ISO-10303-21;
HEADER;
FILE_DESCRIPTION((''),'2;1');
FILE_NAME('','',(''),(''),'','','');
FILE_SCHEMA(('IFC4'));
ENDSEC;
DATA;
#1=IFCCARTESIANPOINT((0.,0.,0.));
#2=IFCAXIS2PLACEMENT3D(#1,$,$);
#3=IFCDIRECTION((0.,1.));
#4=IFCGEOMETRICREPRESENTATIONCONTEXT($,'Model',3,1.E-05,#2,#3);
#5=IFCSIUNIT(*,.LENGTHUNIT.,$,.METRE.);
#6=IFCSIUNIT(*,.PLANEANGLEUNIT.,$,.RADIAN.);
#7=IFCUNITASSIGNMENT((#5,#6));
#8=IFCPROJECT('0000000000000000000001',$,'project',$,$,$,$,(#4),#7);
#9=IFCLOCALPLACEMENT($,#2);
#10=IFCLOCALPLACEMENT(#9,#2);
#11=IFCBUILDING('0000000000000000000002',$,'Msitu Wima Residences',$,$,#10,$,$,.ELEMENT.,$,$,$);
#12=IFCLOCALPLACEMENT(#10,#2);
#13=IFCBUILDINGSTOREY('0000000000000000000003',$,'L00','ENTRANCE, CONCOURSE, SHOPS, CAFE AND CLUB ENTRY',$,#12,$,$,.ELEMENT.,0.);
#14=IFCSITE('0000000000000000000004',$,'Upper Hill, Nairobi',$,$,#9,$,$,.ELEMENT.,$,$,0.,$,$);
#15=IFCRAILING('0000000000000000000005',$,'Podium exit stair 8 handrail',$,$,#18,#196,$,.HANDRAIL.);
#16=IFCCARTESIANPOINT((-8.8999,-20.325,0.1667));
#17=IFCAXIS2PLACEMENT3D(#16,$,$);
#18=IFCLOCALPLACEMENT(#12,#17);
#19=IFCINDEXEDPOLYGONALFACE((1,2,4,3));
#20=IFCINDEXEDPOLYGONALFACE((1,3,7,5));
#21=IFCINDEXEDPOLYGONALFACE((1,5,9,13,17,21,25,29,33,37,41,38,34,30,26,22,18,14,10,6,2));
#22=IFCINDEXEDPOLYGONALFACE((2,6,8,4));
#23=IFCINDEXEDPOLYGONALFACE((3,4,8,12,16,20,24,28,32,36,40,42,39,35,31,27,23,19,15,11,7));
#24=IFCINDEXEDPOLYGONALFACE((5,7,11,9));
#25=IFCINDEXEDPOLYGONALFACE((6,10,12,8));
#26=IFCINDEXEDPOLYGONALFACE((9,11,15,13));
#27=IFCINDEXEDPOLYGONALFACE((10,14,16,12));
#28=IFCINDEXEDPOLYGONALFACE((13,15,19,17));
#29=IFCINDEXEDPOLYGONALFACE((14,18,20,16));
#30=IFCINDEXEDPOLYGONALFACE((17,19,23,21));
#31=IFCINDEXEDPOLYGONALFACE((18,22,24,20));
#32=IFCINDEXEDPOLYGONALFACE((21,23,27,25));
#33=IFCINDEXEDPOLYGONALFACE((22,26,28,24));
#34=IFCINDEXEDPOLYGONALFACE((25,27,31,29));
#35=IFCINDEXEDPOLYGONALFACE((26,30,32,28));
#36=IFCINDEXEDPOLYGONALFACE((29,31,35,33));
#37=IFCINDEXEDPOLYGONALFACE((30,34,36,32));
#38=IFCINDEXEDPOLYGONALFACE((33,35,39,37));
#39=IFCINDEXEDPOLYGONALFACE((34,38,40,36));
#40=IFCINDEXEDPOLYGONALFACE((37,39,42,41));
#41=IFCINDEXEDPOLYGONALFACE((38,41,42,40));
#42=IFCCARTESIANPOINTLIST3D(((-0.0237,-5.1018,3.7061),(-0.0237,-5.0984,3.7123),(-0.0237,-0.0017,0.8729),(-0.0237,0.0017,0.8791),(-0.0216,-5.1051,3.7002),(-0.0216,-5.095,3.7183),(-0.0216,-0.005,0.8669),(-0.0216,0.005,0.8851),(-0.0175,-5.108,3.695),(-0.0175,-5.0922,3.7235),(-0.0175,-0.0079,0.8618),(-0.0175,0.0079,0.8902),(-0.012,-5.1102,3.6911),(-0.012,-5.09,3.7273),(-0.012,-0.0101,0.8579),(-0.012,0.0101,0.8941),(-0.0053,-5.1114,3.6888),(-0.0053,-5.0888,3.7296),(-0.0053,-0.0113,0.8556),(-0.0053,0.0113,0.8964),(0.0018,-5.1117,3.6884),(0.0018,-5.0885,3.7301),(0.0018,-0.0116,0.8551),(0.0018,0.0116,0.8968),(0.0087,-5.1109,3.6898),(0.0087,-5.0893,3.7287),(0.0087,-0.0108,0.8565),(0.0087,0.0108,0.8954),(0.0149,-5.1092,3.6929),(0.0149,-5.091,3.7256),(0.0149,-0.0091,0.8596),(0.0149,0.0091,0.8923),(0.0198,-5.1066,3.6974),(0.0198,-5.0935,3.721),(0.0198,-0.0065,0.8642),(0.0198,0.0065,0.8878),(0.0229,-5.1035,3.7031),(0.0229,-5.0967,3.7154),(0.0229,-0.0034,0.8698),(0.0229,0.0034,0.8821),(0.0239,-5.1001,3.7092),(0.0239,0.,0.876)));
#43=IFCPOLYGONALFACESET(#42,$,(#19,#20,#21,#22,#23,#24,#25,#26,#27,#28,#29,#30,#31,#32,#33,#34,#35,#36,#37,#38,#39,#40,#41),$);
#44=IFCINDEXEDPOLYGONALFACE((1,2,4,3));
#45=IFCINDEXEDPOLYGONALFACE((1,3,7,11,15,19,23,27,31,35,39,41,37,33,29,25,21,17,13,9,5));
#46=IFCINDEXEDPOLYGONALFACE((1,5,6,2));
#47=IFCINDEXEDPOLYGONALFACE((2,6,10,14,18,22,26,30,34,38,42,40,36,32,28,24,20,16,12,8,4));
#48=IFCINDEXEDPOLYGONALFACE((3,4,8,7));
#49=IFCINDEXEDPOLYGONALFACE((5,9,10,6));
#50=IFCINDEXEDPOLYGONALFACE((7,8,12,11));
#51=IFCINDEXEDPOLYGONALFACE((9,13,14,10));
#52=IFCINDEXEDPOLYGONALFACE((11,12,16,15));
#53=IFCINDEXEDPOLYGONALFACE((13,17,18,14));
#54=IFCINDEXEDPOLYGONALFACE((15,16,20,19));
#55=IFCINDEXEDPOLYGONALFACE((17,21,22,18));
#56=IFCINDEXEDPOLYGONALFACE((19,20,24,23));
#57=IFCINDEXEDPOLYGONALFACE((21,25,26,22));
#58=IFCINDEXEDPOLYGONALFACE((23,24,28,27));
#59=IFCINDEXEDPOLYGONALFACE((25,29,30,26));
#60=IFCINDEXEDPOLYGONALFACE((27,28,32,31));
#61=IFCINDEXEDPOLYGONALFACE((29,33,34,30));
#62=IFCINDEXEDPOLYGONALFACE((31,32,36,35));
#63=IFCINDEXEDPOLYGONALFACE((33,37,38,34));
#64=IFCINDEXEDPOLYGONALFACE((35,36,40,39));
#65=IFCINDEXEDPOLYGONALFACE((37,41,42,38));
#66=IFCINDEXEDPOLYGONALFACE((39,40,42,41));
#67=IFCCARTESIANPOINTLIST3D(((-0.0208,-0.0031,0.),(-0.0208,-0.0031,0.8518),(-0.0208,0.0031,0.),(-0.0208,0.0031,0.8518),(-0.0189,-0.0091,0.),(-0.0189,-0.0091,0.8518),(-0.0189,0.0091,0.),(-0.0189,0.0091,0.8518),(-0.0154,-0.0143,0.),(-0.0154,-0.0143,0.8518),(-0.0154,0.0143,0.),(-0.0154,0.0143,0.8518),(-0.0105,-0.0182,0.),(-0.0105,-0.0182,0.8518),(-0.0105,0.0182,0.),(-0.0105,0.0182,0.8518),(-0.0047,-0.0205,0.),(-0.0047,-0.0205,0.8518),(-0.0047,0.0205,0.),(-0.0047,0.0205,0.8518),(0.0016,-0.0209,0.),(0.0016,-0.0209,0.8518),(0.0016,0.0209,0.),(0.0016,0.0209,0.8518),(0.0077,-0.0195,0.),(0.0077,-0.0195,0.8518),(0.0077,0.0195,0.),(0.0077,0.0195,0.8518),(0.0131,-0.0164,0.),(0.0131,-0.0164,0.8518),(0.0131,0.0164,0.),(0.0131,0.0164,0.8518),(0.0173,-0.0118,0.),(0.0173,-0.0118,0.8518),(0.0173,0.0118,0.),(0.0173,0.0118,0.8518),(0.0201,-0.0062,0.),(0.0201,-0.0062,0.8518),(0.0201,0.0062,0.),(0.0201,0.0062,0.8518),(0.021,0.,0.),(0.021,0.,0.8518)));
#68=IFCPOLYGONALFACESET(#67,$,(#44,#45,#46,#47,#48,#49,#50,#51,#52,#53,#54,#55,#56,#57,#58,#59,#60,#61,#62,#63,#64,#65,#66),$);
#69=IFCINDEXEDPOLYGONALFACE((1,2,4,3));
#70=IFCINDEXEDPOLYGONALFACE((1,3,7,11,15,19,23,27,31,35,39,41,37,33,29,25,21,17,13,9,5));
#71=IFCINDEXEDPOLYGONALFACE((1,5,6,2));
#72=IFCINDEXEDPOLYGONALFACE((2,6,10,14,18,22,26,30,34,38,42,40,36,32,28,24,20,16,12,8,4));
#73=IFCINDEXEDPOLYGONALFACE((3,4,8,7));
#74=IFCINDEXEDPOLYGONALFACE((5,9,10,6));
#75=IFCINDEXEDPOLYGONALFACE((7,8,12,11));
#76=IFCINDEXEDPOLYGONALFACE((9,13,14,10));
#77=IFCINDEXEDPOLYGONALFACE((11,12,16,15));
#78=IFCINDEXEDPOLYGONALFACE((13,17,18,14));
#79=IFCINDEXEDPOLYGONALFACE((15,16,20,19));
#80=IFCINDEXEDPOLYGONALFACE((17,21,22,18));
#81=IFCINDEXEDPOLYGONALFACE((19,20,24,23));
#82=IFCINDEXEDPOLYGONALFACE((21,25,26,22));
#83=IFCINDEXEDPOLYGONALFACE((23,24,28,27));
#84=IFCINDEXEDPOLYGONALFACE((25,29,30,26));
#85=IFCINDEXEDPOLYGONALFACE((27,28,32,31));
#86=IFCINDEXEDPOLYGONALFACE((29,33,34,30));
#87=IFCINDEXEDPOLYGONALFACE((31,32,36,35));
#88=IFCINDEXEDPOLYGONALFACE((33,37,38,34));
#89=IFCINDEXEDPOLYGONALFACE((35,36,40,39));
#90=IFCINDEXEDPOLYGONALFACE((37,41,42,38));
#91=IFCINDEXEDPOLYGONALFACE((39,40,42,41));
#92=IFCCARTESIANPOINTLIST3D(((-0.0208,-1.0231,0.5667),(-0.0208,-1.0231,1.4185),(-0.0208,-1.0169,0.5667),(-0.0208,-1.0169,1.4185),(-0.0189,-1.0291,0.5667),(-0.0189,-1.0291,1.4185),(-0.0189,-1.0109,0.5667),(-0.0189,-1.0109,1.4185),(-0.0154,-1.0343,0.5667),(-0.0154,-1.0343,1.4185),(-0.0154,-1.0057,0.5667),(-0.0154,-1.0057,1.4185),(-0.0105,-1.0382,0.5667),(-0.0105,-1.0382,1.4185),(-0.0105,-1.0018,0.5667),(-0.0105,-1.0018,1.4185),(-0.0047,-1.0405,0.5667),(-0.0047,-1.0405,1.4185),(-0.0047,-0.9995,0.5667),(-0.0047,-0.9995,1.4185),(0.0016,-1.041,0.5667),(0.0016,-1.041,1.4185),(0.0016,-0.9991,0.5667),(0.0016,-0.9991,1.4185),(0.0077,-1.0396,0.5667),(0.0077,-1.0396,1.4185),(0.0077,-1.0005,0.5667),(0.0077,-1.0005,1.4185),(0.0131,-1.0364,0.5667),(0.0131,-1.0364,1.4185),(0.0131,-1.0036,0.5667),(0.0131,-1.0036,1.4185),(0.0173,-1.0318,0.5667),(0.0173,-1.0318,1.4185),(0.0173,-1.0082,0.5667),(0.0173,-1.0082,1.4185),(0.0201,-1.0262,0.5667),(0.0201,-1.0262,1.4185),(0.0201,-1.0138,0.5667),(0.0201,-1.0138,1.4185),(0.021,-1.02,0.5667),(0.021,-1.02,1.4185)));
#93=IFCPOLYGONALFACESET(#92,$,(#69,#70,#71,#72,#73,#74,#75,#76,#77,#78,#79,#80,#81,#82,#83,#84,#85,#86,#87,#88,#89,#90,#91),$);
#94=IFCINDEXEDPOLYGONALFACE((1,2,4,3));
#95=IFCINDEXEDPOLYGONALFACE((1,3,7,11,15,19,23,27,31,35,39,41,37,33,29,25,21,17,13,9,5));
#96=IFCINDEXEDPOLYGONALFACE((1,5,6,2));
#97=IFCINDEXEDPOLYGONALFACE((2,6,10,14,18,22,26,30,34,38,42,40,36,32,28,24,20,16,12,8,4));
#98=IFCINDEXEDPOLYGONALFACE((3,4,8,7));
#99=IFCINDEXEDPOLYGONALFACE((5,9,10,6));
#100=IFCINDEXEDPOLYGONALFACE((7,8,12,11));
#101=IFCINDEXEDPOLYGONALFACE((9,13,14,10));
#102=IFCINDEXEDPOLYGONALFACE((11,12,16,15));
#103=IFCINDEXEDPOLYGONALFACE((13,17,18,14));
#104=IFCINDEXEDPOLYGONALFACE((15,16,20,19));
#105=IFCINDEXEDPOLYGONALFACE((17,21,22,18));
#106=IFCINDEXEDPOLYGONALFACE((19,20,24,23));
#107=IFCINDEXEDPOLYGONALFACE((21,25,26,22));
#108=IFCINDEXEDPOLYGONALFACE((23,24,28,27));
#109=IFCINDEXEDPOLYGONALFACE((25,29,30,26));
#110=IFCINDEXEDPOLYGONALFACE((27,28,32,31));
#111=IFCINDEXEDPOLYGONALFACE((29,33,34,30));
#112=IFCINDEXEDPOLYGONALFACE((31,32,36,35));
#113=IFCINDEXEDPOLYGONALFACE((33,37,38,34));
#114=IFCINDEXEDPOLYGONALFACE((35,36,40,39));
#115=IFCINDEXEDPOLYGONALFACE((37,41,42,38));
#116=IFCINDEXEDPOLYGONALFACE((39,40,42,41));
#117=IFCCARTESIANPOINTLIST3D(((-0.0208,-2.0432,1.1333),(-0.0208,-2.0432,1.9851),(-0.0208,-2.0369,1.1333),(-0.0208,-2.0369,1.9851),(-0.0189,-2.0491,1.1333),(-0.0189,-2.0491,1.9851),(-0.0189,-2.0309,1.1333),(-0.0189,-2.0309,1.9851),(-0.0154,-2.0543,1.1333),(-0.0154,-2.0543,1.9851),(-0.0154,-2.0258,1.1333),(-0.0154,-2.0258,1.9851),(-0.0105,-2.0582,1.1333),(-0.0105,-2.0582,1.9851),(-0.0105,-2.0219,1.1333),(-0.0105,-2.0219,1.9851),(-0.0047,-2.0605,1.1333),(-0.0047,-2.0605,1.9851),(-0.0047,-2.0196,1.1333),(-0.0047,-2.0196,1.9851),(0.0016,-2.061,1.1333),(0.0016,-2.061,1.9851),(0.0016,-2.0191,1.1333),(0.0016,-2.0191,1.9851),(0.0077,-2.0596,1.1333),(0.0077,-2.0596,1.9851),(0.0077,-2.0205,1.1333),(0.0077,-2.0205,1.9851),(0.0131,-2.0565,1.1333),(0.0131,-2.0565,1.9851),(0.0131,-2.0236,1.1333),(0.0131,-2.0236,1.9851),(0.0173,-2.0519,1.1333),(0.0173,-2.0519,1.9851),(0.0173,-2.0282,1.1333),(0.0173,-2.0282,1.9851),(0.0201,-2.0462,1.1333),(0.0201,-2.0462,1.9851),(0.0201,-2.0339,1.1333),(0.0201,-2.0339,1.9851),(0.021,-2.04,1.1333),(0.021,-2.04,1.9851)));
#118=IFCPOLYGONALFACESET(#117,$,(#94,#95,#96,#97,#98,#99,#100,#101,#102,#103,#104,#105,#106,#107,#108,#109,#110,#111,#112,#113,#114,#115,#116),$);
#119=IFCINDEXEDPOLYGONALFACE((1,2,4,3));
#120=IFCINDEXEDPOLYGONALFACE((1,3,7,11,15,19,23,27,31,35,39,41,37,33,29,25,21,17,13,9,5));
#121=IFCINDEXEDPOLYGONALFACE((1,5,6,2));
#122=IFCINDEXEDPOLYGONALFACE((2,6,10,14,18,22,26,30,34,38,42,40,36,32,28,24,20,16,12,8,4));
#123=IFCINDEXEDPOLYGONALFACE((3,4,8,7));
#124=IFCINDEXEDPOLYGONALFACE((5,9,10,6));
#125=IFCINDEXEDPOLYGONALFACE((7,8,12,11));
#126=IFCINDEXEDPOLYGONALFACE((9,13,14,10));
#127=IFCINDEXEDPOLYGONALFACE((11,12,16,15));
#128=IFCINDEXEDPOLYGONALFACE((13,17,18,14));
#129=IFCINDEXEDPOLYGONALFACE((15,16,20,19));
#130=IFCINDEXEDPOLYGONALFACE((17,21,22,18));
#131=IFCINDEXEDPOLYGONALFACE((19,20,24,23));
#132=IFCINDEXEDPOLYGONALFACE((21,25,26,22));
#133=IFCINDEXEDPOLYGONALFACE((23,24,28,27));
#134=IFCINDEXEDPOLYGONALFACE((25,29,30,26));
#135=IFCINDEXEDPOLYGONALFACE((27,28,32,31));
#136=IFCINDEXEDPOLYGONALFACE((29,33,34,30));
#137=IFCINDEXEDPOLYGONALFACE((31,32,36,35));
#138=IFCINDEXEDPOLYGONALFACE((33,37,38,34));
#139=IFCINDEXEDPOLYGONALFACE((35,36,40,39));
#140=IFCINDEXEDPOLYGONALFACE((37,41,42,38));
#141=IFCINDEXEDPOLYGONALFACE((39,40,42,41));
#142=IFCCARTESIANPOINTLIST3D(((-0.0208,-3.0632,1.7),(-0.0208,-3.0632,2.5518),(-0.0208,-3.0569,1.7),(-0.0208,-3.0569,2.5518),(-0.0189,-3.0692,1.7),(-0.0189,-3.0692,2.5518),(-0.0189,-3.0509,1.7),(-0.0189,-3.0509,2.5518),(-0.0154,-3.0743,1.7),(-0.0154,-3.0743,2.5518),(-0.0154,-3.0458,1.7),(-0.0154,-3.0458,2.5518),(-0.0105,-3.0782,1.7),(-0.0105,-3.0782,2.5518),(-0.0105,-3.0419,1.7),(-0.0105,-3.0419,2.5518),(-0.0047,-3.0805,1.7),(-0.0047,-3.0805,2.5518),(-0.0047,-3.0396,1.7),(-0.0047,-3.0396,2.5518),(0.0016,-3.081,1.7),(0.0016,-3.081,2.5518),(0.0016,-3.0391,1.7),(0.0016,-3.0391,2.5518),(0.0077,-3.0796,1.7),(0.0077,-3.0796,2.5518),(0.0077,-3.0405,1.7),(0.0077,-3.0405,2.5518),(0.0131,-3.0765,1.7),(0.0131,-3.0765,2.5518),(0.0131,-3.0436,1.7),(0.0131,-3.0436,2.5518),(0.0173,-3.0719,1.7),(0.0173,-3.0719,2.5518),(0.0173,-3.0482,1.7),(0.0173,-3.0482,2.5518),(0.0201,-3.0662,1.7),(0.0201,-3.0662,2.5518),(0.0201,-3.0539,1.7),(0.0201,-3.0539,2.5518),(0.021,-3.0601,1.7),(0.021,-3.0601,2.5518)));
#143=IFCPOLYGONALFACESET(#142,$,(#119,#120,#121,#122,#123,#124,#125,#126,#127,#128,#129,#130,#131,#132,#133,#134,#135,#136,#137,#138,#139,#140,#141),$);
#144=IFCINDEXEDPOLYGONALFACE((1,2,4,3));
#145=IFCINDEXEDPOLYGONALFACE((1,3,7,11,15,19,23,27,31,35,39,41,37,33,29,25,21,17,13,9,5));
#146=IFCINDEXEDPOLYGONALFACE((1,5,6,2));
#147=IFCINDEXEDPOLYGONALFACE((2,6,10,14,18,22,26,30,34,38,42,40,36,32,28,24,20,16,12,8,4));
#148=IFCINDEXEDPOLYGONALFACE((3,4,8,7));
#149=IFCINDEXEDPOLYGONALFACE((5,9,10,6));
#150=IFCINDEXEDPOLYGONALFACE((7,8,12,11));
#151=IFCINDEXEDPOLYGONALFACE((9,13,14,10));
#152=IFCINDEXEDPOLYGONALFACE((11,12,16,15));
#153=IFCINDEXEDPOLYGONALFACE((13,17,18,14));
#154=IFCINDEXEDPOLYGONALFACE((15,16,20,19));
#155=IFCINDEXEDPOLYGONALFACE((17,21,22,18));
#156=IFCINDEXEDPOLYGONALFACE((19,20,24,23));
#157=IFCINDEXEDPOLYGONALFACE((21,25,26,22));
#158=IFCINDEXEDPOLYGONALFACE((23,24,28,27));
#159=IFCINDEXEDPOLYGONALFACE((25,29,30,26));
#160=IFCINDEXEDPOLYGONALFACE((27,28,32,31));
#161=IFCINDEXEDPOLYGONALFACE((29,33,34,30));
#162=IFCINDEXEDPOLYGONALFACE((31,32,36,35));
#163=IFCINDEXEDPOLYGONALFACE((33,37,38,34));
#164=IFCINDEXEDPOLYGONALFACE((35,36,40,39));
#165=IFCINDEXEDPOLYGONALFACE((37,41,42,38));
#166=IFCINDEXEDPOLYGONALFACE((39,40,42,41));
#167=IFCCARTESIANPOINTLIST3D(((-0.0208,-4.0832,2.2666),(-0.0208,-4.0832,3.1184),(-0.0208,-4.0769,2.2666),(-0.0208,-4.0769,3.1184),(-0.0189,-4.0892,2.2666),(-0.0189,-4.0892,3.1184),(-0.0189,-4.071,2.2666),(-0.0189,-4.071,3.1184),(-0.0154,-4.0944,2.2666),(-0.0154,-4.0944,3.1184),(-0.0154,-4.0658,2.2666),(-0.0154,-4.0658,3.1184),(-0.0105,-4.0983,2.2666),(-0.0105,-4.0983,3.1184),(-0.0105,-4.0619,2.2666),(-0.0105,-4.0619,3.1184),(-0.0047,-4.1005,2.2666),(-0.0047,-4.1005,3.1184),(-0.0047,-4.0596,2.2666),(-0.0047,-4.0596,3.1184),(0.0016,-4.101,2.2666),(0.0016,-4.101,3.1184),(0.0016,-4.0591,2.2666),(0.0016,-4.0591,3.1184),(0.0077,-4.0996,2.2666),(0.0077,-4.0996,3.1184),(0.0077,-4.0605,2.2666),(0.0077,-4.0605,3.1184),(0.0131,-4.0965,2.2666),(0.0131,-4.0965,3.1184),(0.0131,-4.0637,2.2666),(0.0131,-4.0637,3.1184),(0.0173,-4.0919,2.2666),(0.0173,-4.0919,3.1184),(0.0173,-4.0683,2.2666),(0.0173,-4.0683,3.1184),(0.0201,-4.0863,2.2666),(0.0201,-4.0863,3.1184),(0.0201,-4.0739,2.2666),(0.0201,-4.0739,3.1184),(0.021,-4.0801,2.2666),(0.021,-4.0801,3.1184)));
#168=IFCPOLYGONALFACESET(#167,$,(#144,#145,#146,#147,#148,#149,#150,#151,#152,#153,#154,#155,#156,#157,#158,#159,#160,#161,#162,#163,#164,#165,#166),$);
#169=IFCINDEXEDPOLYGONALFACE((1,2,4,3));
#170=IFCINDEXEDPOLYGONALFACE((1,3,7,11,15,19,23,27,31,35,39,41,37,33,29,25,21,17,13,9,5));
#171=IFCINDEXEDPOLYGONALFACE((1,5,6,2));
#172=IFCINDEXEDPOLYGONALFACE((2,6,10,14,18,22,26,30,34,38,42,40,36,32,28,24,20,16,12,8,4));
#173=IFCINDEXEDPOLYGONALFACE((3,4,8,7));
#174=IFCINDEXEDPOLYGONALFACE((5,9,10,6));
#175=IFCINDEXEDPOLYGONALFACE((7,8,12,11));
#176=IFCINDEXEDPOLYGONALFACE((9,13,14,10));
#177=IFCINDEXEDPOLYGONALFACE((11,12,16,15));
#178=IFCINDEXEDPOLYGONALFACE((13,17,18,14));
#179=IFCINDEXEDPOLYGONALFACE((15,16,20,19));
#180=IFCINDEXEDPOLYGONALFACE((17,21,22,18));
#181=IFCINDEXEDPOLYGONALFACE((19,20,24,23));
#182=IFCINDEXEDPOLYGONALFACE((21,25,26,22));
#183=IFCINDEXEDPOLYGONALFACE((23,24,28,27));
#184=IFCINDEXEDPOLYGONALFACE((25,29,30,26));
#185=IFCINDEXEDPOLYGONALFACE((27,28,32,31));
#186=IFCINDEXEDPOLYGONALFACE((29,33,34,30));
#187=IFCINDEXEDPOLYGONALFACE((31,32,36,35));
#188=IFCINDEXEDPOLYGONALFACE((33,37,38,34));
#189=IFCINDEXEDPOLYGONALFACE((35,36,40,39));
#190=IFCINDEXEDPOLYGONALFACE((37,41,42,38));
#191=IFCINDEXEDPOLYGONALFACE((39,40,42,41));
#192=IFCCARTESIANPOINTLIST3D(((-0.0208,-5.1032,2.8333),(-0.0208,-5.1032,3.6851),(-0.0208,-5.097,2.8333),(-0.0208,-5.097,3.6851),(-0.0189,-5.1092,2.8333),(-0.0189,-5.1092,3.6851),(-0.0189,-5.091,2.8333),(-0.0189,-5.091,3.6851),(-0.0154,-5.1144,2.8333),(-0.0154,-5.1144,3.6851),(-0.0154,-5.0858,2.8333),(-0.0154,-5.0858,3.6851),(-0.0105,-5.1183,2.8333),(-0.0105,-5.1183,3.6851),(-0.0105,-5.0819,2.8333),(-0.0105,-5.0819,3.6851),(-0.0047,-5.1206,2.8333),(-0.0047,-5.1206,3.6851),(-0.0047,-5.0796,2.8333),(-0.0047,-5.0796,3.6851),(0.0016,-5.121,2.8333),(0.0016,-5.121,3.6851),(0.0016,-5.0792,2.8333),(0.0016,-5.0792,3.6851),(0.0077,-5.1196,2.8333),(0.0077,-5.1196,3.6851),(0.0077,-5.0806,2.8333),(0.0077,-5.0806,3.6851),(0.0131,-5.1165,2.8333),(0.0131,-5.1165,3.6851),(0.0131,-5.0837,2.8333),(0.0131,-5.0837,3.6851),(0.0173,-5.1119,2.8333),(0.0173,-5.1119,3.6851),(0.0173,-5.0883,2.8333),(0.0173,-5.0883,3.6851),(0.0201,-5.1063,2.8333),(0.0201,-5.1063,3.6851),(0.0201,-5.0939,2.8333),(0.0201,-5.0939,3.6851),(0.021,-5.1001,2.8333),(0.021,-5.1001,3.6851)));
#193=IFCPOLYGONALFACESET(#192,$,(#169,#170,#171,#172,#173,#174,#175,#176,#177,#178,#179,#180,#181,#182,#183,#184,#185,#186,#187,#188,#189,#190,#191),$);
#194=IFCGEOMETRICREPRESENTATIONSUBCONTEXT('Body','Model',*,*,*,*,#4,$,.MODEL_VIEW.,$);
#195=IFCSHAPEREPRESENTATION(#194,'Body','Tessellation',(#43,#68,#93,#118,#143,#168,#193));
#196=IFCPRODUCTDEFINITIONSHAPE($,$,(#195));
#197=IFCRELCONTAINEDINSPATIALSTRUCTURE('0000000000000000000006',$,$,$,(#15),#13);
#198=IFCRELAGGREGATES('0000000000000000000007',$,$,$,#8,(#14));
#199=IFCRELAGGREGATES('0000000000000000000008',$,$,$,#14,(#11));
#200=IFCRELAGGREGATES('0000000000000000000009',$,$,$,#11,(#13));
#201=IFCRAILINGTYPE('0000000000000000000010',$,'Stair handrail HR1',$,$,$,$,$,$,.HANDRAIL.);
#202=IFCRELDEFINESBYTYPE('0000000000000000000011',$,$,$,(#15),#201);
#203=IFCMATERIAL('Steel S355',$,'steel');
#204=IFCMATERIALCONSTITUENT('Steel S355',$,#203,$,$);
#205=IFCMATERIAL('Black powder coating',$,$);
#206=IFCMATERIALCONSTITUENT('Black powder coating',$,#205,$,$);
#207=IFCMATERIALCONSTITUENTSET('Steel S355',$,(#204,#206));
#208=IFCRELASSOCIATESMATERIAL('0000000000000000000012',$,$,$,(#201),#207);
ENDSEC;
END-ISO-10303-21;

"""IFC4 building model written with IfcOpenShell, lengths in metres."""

from ifc_helpers import new_model, si_unit, direction, frame, origin, origin_2d, place, context, subcontext, project, spatial, circle, extrude, material, constituent, constituent_set, type_object, element, save


model = new_model("IFC4")

# Units and contexts
model_context = context("Model", 3, precision=1e-05, world=origin(), true_north=direction((0.0, 1.0)))
body_context = subcontext(model_context, "Body", "Model", "MODEL_VIEW")
ifc_project = project(units=[si_unit("LENGTHUNIT", "METRE"), si_unit("PLANEANGLEUNIT", "RADIAN")], contexts=[model_context])

# Site, building, storey
site_placement = place(None, origin())
site = spatial("IfcSite", under=ifc_project, at=site_placement, Name="Upper Hill, Nairobi", CompositionType="ELEMENT", RefElevation=0.0)
building_placement = place(site_placement, origin())
building = spatial("IfcBuilding", under=site, at=building_placement, Name="Msitu Wima Residences", CompositionType="ELEMENT")
storey_placement = place(building_placement, origin())
storey = spatial("IfcBuildingStorey", under=building, at=storey_placement, Name="L00", Description="ENTRANCE, CONCOURSE, SHOPS, CAFE AND CLUB ENTRY", CompositionType="ELEMENT", Elevation=0.0)

# Railing
ifc_material_1 = material(Name="Steel S355", Category="steel")
ifc_constituent_1 = constituent(ifc_material_1, Name="Steel S355")
ifc_material_2 = material(Name="Black powder coating")
ifc_constituent_2 = constituent(ifc_material_2, Name="Black powder coating")
ifc_constituent_set = constituent_set(constituents=[ifc_constituent_1, ifc_constituent_2], Name="Steel S355")
railing_type = type_object("IfcRailingType", Name="Stair handrail HR1", PredefinedType="HANDRAIL", material=ifc_constituent_set)
for number, where, name in (
    (1, (-8.8999, -20.325, 0.1667), "Podium exit stair 8 handrail"),
):
    element("IfcRailing", number, at=place(storey_placement, frame(where)), inside=storey, type_object=railing_type, Name=name, PredefinedType="HANDRAIL", context=body_context, shape_type="SweptSolid", body=[
        extrude(circle(Radius=0.0239, at=origin_2d()), frame((0.0, 0.0, 0.876), z_axis=(0.0, -0.874167, 0.485625), x_axis=(1.0, 0.0, 0.0)), (0.0, 0.0, 1.0), 5.8342),
        extrude(circle(Radius=0.021, at=origin_2d()), origin(), (0.0, 0.0, 1.0), 0.8518),
        extrude(circle(Radius=0.021, at=origin_2d()), frame((0.0, -1.02, 0.5667)), (0.0, 0.0, 1.0), 0.8518),
        extrude(circle(Radius=0.021, at=origin_2d()), frame((0.0, -2.04, 1.1333)), (0.0, 0.0, 1.0), 0.8518),
        extrude(circle(Radius=0.021, at=origin_2d()), frame((0.0, -3.0601, 1.7)), (0.0, 0.0, 1.0), 0.8518),
        extrude(circle(Radius=0.021, at=origin_2d()), frame((0.0, -4.0801, 2.2666)), (0.0, 0.0, 1.0), 0.8518),
        extrude(circle(Radius=0.021, at=origin_2d()), frame((0.0, -5.1001, 2.8333)), (0.0, 0.0, 1.0), 0.8518),
    ])

save(model, "model.ifc")
